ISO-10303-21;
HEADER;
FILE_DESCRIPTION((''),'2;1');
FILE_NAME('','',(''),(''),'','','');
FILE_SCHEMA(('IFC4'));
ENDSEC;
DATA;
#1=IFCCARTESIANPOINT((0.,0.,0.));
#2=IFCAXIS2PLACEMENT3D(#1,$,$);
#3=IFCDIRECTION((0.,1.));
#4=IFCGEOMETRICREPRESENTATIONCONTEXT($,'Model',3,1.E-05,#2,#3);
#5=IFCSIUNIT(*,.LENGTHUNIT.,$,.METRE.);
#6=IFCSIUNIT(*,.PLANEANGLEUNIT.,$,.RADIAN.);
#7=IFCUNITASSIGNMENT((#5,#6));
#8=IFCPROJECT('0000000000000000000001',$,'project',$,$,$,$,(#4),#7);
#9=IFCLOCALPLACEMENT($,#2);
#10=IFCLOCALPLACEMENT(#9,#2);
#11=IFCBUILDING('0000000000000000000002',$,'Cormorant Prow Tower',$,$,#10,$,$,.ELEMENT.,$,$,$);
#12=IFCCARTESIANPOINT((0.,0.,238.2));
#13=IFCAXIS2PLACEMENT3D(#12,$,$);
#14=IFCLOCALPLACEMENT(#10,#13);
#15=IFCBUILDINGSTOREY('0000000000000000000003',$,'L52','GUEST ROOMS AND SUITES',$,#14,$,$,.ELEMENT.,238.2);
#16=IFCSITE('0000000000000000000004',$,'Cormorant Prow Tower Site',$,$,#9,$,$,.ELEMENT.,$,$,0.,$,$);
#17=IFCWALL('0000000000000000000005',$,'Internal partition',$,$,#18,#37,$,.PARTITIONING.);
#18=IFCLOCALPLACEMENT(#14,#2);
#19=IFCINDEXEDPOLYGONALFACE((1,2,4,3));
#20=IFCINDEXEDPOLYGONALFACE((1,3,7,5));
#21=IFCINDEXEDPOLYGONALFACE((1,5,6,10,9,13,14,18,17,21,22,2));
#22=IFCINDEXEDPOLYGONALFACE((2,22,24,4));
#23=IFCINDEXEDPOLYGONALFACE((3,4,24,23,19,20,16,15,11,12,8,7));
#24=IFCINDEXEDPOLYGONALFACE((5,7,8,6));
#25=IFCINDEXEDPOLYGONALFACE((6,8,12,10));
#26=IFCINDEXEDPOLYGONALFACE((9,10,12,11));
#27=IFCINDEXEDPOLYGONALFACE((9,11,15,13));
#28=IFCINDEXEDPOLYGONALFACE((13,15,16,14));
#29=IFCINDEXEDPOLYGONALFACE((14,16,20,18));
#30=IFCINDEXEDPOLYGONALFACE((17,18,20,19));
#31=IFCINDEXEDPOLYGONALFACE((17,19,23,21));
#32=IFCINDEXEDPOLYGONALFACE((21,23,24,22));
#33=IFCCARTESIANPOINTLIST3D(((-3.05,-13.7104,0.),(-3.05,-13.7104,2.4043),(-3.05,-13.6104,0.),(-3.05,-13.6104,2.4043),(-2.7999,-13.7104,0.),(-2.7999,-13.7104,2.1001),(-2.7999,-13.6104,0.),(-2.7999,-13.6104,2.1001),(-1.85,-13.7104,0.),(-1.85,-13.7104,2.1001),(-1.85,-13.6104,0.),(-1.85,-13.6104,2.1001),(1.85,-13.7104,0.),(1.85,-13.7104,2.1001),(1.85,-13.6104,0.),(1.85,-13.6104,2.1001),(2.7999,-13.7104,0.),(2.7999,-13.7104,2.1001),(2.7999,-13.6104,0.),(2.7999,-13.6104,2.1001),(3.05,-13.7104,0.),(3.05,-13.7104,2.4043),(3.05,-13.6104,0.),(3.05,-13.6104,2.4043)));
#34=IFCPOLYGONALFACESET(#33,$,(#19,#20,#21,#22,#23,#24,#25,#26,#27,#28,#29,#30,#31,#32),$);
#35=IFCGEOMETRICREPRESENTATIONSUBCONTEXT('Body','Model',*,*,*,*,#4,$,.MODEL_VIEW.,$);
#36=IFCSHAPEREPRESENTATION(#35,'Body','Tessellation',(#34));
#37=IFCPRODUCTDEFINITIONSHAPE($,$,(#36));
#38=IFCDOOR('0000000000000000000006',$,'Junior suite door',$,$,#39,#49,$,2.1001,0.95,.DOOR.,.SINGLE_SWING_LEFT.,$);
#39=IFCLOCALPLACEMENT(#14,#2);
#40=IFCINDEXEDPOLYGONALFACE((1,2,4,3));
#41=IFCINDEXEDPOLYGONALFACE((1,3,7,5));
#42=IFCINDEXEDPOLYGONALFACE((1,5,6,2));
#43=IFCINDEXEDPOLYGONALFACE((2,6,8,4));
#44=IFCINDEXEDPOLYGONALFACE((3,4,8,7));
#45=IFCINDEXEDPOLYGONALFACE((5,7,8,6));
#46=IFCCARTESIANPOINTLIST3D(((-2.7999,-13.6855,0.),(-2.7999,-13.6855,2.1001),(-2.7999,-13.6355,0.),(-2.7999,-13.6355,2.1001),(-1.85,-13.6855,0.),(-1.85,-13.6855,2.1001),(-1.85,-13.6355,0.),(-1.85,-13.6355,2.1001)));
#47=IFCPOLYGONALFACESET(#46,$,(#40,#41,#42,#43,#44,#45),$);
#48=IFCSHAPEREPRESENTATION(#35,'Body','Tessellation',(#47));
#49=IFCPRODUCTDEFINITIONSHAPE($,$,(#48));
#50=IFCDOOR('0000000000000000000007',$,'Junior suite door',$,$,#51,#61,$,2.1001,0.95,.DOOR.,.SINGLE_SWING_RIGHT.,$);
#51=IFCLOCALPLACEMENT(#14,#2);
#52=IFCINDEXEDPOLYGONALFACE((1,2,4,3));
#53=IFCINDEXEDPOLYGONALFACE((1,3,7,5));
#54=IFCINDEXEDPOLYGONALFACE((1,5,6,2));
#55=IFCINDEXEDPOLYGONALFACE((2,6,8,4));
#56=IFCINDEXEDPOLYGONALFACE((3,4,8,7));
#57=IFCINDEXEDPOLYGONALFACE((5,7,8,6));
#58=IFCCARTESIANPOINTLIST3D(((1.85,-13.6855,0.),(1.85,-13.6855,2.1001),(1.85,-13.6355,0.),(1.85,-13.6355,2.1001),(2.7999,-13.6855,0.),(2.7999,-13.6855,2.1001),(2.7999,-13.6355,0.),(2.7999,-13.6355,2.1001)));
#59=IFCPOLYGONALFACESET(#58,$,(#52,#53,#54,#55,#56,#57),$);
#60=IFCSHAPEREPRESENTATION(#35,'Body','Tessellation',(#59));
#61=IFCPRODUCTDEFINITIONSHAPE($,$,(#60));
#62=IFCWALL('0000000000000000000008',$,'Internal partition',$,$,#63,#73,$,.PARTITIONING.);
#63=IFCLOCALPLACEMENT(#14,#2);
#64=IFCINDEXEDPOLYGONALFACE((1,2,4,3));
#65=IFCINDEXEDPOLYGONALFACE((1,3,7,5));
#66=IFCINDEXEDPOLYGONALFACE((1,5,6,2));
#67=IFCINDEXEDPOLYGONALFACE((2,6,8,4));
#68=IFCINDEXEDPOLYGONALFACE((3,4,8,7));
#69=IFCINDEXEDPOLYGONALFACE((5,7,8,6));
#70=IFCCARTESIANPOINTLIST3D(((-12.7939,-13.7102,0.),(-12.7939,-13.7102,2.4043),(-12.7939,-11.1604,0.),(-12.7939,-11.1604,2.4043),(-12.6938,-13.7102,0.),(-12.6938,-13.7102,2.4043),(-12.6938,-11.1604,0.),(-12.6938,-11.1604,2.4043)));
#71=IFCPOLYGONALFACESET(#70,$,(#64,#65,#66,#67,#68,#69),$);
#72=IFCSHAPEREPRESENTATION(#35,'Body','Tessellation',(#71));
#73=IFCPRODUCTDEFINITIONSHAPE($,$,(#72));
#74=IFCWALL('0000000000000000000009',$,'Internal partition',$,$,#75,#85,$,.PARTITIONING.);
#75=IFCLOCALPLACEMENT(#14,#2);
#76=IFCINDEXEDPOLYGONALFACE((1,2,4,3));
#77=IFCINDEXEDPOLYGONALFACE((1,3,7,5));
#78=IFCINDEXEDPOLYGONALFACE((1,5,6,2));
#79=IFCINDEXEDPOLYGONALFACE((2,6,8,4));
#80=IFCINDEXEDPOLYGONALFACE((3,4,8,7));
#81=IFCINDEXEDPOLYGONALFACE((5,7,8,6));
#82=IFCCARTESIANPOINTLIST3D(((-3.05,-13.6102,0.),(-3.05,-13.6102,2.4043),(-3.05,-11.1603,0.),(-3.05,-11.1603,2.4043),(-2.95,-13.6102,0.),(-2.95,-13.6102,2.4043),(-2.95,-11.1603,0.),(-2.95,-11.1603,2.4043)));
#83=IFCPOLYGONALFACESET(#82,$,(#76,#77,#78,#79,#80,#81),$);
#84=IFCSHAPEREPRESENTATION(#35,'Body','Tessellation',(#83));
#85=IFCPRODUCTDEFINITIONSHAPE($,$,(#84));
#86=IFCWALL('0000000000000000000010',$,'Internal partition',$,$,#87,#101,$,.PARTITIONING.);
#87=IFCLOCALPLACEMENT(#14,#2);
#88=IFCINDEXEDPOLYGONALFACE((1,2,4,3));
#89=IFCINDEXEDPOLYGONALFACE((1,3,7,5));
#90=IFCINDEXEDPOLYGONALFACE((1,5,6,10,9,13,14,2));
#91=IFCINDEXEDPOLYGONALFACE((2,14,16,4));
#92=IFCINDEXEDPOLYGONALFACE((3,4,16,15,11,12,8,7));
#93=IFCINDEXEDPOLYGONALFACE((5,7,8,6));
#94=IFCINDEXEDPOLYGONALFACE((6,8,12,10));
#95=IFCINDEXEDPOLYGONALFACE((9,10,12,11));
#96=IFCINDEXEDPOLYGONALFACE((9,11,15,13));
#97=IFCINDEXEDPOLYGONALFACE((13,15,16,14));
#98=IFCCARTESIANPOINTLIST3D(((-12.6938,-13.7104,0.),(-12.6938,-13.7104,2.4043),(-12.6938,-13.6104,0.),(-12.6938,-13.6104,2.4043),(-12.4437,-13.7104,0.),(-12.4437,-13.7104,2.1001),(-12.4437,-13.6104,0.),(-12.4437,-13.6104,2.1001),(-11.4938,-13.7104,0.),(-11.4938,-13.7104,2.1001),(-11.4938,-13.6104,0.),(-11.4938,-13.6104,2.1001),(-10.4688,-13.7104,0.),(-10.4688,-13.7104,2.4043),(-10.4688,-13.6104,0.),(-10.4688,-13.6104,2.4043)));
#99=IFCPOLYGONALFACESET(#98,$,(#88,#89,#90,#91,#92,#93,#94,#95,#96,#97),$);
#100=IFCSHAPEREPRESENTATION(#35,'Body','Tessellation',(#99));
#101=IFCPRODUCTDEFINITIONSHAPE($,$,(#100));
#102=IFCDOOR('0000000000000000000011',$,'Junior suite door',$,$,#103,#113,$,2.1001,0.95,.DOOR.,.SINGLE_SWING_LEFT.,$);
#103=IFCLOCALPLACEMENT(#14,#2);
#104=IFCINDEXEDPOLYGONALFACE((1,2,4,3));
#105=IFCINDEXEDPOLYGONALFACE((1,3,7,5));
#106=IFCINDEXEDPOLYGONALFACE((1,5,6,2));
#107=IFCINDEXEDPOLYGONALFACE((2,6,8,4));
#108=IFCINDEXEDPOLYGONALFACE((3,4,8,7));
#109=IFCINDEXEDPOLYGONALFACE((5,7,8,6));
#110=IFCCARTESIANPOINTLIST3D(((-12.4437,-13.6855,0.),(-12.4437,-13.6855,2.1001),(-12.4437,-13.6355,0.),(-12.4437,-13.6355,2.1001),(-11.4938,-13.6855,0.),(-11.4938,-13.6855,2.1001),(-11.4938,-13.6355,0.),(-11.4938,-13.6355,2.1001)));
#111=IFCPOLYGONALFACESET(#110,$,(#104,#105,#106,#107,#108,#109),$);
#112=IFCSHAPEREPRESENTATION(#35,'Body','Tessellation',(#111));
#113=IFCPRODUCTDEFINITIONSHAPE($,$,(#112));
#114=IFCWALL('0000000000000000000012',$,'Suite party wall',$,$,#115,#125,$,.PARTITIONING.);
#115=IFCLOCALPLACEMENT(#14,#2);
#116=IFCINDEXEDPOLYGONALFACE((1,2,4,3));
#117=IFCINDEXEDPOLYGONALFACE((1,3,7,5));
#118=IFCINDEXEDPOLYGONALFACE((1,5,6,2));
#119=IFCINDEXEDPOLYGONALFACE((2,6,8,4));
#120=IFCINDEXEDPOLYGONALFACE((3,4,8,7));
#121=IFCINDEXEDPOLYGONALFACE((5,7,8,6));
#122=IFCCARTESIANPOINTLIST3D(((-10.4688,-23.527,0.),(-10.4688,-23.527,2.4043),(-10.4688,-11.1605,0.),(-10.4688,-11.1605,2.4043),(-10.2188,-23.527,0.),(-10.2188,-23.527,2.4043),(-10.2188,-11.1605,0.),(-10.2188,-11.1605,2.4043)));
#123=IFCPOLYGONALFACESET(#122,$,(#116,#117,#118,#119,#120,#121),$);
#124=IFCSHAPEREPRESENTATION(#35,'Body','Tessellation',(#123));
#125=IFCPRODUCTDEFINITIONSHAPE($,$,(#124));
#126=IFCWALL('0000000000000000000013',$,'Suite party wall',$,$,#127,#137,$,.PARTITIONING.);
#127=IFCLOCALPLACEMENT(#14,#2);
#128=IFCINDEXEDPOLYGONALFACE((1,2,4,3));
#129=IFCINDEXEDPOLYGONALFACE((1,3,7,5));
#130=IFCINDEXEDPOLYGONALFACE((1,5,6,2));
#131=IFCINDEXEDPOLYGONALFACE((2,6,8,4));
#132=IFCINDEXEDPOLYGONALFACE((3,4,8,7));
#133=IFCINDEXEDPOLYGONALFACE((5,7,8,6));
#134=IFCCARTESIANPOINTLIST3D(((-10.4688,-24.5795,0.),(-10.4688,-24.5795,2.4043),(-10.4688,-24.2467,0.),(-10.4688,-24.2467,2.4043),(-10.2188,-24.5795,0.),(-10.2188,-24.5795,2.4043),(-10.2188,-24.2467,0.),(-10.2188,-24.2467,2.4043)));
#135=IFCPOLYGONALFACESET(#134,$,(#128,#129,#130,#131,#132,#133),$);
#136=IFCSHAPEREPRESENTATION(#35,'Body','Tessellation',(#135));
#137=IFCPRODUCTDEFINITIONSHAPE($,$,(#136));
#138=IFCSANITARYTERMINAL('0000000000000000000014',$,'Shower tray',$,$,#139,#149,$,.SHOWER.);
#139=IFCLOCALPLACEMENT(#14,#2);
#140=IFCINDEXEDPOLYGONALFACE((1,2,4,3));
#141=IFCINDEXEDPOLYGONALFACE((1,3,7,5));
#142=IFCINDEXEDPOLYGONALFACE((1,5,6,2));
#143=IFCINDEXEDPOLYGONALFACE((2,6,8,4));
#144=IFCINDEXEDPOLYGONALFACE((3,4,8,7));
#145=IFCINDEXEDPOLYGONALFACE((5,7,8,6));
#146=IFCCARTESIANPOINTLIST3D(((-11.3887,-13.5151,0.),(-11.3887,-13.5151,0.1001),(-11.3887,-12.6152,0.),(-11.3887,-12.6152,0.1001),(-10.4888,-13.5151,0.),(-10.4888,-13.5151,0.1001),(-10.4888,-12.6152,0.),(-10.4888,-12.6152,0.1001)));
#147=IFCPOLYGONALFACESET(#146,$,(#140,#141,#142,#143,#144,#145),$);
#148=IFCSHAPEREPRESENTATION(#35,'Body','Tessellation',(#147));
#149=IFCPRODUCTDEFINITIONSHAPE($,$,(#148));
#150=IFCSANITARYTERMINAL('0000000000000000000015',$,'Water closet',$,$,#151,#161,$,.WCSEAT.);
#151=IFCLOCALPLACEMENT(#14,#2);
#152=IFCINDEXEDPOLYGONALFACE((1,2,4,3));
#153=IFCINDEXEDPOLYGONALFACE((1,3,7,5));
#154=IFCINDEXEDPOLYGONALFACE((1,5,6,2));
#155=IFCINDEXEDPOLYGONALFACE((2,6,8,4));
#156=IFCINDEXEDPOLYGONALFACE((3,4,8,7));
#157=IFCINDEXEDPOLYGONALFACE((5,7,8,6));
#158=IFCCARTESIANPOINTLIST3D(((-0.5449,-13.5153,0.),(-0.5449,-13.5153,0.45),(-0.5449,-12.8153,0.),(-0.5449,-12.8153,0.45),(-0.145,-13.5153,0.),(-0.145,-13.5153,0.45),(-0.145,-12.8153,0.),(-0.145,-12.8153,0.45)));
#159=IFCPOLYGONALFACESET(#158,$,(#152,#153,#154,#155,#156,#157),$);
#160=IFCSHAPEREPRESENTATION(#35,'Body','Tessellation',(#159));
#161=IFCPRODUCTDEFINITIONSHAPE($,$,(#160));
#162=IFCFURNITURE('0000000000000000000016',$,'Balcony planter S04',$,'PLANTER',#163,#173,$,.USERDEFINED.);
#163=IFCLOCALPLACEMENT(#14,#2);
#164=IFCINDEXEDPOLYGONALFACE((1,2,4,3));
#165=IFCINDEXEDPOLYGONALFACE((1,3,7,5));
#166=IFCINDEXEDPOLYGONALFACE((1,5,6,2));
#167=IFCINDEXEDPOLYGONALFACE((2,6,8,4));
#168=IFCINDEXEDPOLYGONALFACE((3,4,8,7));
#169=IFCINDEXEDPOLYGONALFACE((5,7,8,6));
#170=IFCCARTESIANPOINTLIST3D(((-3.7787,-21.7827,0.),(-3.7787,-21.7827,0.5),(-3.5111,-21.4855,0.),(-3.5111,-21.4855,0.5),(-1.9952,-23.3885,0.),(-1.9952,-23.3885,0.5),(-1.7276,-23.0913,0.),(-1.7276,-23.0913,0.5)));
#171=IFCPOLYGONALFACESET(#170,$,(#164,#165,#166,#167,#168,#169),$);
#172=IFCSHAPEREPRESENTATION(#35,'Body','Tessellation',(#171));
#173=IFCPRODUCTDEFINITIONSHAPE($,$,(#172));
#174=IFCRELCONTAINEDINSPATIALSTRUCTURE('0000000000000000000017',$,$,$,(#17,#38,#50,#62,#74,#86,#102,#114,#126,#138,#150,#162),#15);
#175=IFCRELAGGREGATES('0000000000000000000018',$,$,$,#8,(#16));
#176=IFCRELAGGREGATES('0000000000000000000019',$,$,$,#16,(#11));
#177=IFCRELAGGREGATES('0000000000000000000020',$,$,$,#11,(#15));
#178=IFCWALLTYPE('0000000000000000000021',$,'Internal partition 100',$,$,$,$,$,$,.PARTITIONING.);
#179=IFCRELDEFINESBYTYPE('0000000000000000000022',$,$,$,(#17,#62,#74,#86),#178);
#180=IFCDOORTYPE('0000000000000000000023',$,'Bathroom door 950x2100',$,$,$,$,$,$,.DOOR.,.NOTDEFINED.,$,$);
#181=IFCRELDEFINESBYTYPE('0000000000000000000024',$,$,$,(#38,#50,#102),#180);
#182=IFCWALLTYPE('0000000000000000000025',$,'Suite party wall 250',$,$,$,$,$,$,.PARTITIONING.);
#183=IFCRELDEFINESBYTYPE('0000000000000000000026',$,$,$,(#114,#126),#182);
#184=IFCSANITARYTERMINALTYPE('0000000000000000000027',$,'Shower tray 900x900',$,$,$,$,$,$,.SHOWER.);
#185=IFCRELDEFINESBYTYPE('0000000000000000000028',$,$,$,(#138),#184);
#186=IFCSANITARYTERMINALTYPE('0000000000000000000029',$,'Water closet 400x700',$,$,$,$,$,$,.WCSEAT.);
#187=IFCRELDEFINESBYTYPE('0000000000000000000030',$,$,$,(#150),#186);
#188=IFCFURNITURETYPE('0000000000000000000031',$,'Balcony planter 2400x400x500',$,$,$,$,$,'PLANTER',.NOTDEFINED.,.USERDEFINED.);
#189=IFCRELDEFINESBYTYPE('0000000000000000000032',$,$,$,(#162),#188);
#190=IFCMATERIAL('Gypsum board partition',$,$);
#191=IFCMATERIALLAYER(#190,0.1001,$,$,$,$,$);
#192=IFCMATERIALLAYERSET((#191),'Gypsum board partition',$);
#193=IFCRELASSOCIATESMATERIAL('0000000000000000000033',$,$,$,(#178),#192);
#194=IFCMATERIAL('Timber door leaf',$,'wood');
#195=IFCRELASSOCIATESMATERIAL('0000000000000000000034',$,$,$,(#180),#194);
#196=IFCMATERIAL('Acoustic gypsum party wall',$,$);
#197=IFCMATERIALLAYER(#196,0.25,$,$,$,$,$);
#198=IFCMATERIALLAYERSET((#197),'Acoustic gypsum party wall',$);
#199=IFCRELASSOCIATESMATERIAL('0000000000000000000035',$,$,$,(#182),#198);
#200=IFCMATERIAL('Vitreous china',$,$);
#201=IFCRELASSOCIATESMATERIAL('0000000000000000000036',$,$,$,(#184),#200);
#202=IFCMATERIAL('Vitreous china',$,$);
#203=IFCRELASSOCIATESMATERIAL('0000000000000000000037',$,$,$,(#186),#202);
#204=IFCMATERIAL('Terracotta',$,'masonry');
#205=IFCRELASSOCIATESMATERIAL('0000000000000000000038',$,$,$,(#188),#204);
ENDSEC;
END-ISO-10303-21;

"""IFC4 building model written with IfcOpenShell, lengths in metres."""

from ifc_helpers import new_model, si_unit, direction, frame, frame_2d, origin, origin_2d, place, context, subcontext, project, spatial, rectangle, extrude, material, layer, layer_set, type_object, element, fill, save


model = new_model("IFC4")

# Units and contexts
model_context = context("Model", 3, precision=1e-05, world=origin(), true_north=direction((0.0, 1.0)))
body_context = subcontext(model_context, "Body", "Model", "MODEL_VIEW")
ifc_project = project(units=[si_unit("LENGTHUNIT", "METRE"), si_unit("PLANEANGLEUNIT", "RADIAN")], contexts=[model_context])

# Site, building, storey
site_placement = place(None, origin())
site = spatial("IfcSite", under=ifc_project, at=site_placement, Name="Cormorant Prow Tower Site", CompositionType="ELEMENT", RefElevation=0.0)
building_placement = place(site_placement, origin())
building = spatial("IfcBuilding", under=site, at=building_placement, Name="Cormorant Prow Tower", CompositionType="ELEMENT")
storey_placement = place(building_placement, frame((0.0, 0.0, 238.2)))
storey = spatial("IfcBuildingStorey", under=building, at=storey_placement, Name="L52", Description="GUEST ROOMS AND SUITES", CompositionType="ELEMENT", Elevation=238.2)

# Wall, openings, doors
ifc_material_1 = material(Name="Gypsum board partition")
ifc_layer_1 = layer(ifc_material_1, 0.1001)
ifc_layer_set_1 = layer_set([ifc_layer_1], Name="Gypsum board partition")
wall_type_1 = type_object("IfcWallType", Name="Internal partition 100", PredefinedType="PARTITIONING", material=ifc_layer_set_1)
wall_1_placement = place(storey_placement, frame((-3.05, -13.6604, 0.0), z_axis=(0.0, 0.0, 1.0), x_axis=(1.0, 0.0, 0.0)))
wall_1 = element("IfcWall", 1, at=wall_1_placement, inside=storey, type_object=wall_type_1, Name="Internal partition", PredefinedType="PARTITIONING", context=body_context, shape_type="SweptSolid", body=[
    extrude(rectangle(XDim=6.1001, YDim=0.1001, at=frame_2d((3.05, 0.0))), origin(), (0.0, 0.0, 1.0), 2.4043),
])
opening_1_placement = place(wall_1_placement, frame((0.25, 0.0, 0.0)))
opening_1 = element("IfcOpeningElement", 2, at=opening_1_placement, cuts=wall_1, PredefinedType="OPENING", context=body_context, shape_type="SweptSolid", body=[
    extrude(rectangle(XDim=0.95, YDim=2.1001, at=frame_2d((0.4751, 1.05))), frame((0.0, 0.0601, 0.0), z_axis=(0.0, -1.0, 0.0), x_axis=(1.0, 0.0, 0.0)), (0.0, 0.0, 1.0), 0.1201),
])
opening_2_placement = place(wall_1_placement, frame((4.8999, 0.0, 0.0)))
opening_2 = element("IfcOpeningElement", 3, at=opening_2_placement, cuts=wall_1, PredefinedType="OPENING", context=body_context, shape_type="SweptSolid", body=[
    extrude(rectangle(XDim=0.95, YDim=2.1001, at=frame_2d((0.4751, 1.05))), frame((0.0, 0.0601, 0.0), z_axis=(0.0, -1.0, 0.0), x_axis=(1.0, 0.0, 0.0)), (0.0, 0.0, 1.0), 0.1201),
])
ifc_material_2 = material(Name="Timber door leaf", Category="wood")
door_type_1 = type_object("IfcDoorType", Name="Bathroom door 950x2100", OperationType="NOTDEFINED", PredefinedType="DOOR", material=ifc_material_2)
door_1_placement = place(opening_1_placement, origin())
door_1 = element("IfcDoor", 4, at=door_1_placement, inside=storey, type_object=door_type_1, Name="Junior suite door", OperationType="SINGLE_SWING_LEFT", OverallHeight=2.1001, OverallWidth=0.95, PredefinedType="DOOR", context=body_context, shape_type="SweptSolid", body=[
    extrude(rectangle(XDim=0.95, YDim=2.1001, at=frame_2d((0.4751, 1.05))), frame((0.0, 0.0249, 0.0), z_axis=(0.0, -1.0, 0.0), x_axis=(1.0, 0.0, 0.0)), (0.0, 0.0, 1.0), 0.05),
])
fill(opening_1, door_1)
door_2_placement = place(opening_2_placement, origin())
door_2 = element("IfcDoor", 5, at=door_2_placement, inside=storey, type_object=door_type_1, Name="Junior suite door", OperationType="SINGLE_SWING_RIGHT", OverallHeight=2.1001, OverallWidth=0.95, PredefinedType="DOOR", context=body_context, shape_type="SweptSolid", body=[
    extrude(rectangle(XDim=0.95, YDim=2.1001, at=frame_2d((0.4751, 1.05))), frame((0.0, 0.0249, 0.0), z_axis=(0.0, -1.0, 0.0), x_axis=(1.0, 0.0, 0.0)), (0.0, 0.0, 1.0), 0.05),
])
fill(opening_2, door_2)

# Walls
wall_2_placement = place(storey_placement, frame((-12.7439, -13.7102, 0.0), z_axis=(0.0, 0.0, 1.0), x_axis=(0.0, 1.0, 0.0)))
element("IfcWall", 6, at=wall_2_placement, inside=storey, type_object=wall_type_1, Name="Internal partition", PredefinedType="PARTITIONING", context=body_context, shape_type="SweptSolid", body=[
    extrude(rectangle(XDim=2.5498, YDim=0.1001, at=frame_2d((1.2749, 0.0))), origin(), (0.0, 0.0, 1.0), 2.4043),
])
wall_3_placement = place(storey_placement, frame((-3.0, -13.6104, 0.0), z_axis=(0.0, 0.0, 1.0), x_axis=(0.0, 1.0, 0.0)))
element("IfcWall", 7, at=wall_3_placement, inside=storey, type_object=wall_type_1, Name="Internal partition", PredefinedType="PARTITIONING", context=body_context, shape_type="SweptSolid", body=[
    extrude(rectangle(XDim=2.45, YDim=0.1001, at=frame_2d((1.2251, 0.0))), origin(), (0.0, 0.0, 1.0), 2.4043),
])

# Wall, opening, door
wall_4_placement = place(storey_placement, frame((-12.6938, -13.6604, 0.0), z_axis=(0.0, 0.0, 1.0), x_axis=(1.0, 0.0, 0.0)))
wall_4 = element("IfcWall", 8, at=wall_4_placement, inside=storey, type_object=wall_type_1, Name="Internal partition", PredefinedType="PARTITIONING", context=body_context, shape_type="SweptSolid", body=[
    extrude(rectangle(XDim=2.2251, YDim=0.1001, at=frame_2d((1.1125, 0.0))), origin(), (0.0, 0.0, 1.0), 2.4043),
])
opening_3_placement = place(wall_4_placement, frame((0.25, 0.0, 0.0)))
opening_3 = element("IfcOpeningElement", 9, at=opening_3_placement, cuts=wall_4, PredefinedType="OPENING", context=body_context, shape_type="SweptSolid", body=[
    extrude(rectangle(XDim=0.95, YDim=2.1001, at=frame_2d((0.4751, 1.05))), frame((0.0, 0.0601, 0.0), z_axis=(0.0, -1.0, 0.0), x_axis=(1.0, 0.0, 0.0)), (0.0, 0.0, 1.0), 0.1201),
])
door_3_placement = place(opening_3_placement, origin())
door_3 = element("IfcDoor", 10, at=door_3_placement, inside=storey, type_object=door_type_1, Name="Junior suite door", OperationType="SINGLE_SWING_LEFT", OverallHeight=2.1001, OverallWidth=0.95, PredefinedType="DOOR", context=body_context, shape_type="SweptSolid", body=[
    extrude(rectangle(XDim=0.95, YDim=2.1001, at=frame_2d((0.4751, 1.05))), frame((0.0, 0.0249, 0.0), z_axis=(0.0, -1.0, 0.0), x_axis=(1.0, 0.0, 0.0)), (0.0, 0.0, 1.0), 0.05),
])
fill(opening_3, door_3)

# Walls
ifc_material_3 = material(Name="Acoustic gypsum party wall")
ifc_layer_2 = layer(ifc_material_3, 0.25)
ifc_layer_set_2 = layer_set([ifc_layer_2], Name="Acoustic gypsum party wall")
wall_type_2 = type_object("IfcWallType", Name="Suite party wall 250", PredefinedType="PARTITIONING", material=ifc_layer_set_2)
wall_5_placement = place(storey_placement, frame((-10.3438, -23.5269, 0.0), z_axis=(0.0, 0.0, 1.0), x_axis=(0.0, 1.0, 0.0)))
element("IfcWall", 11, at=wall_5_placement, inside=storey, type_object=wall_type_2, Name="Suite party wall", PredefinedType="PARTITIONING", context=body_context, shape_type="SweptSolid", body=[
    extrude(rectangle(XDim=12.3665, YDim=0.25, at=frame_2d((6.1831, 0.0))), origin(), (0.0, 0.0, 1.0), 2.4043),
])
wall_6_placement = place(storey_placement, frame((-10.3438, -24.5796, 0.0), z_axis=(0.0, 0.0, 1.0), x_axis=(0.0, 1.0, 0.0)))
element("IfcWall", 12, at=wall_6_placement, inside=storey, type_object=wall_type_2, Name="Suite party wall", PredefinedType="PARTITIONING", context=body_context, shape_type="SweptSolid", body=[
    extrude(rectangle(XDim=0.3328, YDim=0.25, at=frame_2d((0.1665, 0.0))), origin(), (0.0, 0.0, 1.0), 2.4043),
])

# Sanitary terminals
ifc_material_4 = material(Name="Vitreous china")
sanitary_terminal_type_1 = type_object("IfcSanitaryTerminalType", Name="Shower tray 900x900", PredefinedType="SHOWER", material=ifc_material_4)
sanitary_terminal_1_placement = place(storey_placement, frame((-10.9387, -13.0652, 0.0), z_axis=(0.0, 0.0, 1.0), x_axis=(-1.0, 0.0, 0.0)))
element("IfcSanitaryTerminal", 13, at=sanitary_terminal_1_placement, inside=storey, type_object=sanitary_terminal_type_1, Name="Shower tray", PredefinedType="SHOWER", context=body_context, shape_type="SweptSolid", body=[
    extrude(rectangle(XDim=0.8999, YDim=0.8999, at=origin_2d()), origin(), (0.0, 0.0, 1.0), 0.1001),
])
ifc_material_5 = material(Name="Vitreous china")
sanitary_terminal_type_2 = type_object("IfcSanitaryTerminalType", Name="Water closet 400x700", PredefinedType="WCSEAT", material=ifc_material_5)
sanitary_terminal_2_placement = place(storey_placement, frame((-0.345, -13.1653, 0.0), z_axis=(0.0, 0.0, 1.0), x_axis=(-1.0, 0.0, 0.0)))
element("IfcSanitaryTerminal", 14, at=sanitary_terminal_2_placement, inside=storey, type_object=sanitary_terminal_type_2, Name="Water closet", PredefinedType="WCSEAT", context=body_context, shape_type="SweptSolid", body=[
    extrude(rectangle(XDim=0.3999, YDim=0.7, at=origin_2d()), origin(), (0.0, 0.0, 1.0), 0.45),
])

# Furniture
ifc_material_6 = material(Name="Terracotta", Category="masonry")
furniture_type = type_object("IfcFurnitureType", Name="Balcony planter 2400x400x500", ElementType="PLANTER", AssemblyPlace="NOTDEFINED", PredefinedType="USERDEFINED", material=ifc_material_6)
furniture_placement = place(storey_placement, frame((-2.7532, -22.437, 0.0), z_axis=(0.0, 0.0, 1.0), x_axis=(0.743145, -0.669131, 0.0)))
element("IfcFurniture", 15, at=furniture_placement, inside=storey, type_object=furniture_type, Name="Balcony planter S04", ObjectType="PLANTER", PredefinedType="USERDEFINED", context=body_context, shape_type="SweptSolid", body=[
    extrude(rectangle(XDim=2.3999, YDim=0.3999, at=origin_2d()), origin(), (0.0, 0.0, 1.0), 0.5),
])

save(model, "model.ifc")
